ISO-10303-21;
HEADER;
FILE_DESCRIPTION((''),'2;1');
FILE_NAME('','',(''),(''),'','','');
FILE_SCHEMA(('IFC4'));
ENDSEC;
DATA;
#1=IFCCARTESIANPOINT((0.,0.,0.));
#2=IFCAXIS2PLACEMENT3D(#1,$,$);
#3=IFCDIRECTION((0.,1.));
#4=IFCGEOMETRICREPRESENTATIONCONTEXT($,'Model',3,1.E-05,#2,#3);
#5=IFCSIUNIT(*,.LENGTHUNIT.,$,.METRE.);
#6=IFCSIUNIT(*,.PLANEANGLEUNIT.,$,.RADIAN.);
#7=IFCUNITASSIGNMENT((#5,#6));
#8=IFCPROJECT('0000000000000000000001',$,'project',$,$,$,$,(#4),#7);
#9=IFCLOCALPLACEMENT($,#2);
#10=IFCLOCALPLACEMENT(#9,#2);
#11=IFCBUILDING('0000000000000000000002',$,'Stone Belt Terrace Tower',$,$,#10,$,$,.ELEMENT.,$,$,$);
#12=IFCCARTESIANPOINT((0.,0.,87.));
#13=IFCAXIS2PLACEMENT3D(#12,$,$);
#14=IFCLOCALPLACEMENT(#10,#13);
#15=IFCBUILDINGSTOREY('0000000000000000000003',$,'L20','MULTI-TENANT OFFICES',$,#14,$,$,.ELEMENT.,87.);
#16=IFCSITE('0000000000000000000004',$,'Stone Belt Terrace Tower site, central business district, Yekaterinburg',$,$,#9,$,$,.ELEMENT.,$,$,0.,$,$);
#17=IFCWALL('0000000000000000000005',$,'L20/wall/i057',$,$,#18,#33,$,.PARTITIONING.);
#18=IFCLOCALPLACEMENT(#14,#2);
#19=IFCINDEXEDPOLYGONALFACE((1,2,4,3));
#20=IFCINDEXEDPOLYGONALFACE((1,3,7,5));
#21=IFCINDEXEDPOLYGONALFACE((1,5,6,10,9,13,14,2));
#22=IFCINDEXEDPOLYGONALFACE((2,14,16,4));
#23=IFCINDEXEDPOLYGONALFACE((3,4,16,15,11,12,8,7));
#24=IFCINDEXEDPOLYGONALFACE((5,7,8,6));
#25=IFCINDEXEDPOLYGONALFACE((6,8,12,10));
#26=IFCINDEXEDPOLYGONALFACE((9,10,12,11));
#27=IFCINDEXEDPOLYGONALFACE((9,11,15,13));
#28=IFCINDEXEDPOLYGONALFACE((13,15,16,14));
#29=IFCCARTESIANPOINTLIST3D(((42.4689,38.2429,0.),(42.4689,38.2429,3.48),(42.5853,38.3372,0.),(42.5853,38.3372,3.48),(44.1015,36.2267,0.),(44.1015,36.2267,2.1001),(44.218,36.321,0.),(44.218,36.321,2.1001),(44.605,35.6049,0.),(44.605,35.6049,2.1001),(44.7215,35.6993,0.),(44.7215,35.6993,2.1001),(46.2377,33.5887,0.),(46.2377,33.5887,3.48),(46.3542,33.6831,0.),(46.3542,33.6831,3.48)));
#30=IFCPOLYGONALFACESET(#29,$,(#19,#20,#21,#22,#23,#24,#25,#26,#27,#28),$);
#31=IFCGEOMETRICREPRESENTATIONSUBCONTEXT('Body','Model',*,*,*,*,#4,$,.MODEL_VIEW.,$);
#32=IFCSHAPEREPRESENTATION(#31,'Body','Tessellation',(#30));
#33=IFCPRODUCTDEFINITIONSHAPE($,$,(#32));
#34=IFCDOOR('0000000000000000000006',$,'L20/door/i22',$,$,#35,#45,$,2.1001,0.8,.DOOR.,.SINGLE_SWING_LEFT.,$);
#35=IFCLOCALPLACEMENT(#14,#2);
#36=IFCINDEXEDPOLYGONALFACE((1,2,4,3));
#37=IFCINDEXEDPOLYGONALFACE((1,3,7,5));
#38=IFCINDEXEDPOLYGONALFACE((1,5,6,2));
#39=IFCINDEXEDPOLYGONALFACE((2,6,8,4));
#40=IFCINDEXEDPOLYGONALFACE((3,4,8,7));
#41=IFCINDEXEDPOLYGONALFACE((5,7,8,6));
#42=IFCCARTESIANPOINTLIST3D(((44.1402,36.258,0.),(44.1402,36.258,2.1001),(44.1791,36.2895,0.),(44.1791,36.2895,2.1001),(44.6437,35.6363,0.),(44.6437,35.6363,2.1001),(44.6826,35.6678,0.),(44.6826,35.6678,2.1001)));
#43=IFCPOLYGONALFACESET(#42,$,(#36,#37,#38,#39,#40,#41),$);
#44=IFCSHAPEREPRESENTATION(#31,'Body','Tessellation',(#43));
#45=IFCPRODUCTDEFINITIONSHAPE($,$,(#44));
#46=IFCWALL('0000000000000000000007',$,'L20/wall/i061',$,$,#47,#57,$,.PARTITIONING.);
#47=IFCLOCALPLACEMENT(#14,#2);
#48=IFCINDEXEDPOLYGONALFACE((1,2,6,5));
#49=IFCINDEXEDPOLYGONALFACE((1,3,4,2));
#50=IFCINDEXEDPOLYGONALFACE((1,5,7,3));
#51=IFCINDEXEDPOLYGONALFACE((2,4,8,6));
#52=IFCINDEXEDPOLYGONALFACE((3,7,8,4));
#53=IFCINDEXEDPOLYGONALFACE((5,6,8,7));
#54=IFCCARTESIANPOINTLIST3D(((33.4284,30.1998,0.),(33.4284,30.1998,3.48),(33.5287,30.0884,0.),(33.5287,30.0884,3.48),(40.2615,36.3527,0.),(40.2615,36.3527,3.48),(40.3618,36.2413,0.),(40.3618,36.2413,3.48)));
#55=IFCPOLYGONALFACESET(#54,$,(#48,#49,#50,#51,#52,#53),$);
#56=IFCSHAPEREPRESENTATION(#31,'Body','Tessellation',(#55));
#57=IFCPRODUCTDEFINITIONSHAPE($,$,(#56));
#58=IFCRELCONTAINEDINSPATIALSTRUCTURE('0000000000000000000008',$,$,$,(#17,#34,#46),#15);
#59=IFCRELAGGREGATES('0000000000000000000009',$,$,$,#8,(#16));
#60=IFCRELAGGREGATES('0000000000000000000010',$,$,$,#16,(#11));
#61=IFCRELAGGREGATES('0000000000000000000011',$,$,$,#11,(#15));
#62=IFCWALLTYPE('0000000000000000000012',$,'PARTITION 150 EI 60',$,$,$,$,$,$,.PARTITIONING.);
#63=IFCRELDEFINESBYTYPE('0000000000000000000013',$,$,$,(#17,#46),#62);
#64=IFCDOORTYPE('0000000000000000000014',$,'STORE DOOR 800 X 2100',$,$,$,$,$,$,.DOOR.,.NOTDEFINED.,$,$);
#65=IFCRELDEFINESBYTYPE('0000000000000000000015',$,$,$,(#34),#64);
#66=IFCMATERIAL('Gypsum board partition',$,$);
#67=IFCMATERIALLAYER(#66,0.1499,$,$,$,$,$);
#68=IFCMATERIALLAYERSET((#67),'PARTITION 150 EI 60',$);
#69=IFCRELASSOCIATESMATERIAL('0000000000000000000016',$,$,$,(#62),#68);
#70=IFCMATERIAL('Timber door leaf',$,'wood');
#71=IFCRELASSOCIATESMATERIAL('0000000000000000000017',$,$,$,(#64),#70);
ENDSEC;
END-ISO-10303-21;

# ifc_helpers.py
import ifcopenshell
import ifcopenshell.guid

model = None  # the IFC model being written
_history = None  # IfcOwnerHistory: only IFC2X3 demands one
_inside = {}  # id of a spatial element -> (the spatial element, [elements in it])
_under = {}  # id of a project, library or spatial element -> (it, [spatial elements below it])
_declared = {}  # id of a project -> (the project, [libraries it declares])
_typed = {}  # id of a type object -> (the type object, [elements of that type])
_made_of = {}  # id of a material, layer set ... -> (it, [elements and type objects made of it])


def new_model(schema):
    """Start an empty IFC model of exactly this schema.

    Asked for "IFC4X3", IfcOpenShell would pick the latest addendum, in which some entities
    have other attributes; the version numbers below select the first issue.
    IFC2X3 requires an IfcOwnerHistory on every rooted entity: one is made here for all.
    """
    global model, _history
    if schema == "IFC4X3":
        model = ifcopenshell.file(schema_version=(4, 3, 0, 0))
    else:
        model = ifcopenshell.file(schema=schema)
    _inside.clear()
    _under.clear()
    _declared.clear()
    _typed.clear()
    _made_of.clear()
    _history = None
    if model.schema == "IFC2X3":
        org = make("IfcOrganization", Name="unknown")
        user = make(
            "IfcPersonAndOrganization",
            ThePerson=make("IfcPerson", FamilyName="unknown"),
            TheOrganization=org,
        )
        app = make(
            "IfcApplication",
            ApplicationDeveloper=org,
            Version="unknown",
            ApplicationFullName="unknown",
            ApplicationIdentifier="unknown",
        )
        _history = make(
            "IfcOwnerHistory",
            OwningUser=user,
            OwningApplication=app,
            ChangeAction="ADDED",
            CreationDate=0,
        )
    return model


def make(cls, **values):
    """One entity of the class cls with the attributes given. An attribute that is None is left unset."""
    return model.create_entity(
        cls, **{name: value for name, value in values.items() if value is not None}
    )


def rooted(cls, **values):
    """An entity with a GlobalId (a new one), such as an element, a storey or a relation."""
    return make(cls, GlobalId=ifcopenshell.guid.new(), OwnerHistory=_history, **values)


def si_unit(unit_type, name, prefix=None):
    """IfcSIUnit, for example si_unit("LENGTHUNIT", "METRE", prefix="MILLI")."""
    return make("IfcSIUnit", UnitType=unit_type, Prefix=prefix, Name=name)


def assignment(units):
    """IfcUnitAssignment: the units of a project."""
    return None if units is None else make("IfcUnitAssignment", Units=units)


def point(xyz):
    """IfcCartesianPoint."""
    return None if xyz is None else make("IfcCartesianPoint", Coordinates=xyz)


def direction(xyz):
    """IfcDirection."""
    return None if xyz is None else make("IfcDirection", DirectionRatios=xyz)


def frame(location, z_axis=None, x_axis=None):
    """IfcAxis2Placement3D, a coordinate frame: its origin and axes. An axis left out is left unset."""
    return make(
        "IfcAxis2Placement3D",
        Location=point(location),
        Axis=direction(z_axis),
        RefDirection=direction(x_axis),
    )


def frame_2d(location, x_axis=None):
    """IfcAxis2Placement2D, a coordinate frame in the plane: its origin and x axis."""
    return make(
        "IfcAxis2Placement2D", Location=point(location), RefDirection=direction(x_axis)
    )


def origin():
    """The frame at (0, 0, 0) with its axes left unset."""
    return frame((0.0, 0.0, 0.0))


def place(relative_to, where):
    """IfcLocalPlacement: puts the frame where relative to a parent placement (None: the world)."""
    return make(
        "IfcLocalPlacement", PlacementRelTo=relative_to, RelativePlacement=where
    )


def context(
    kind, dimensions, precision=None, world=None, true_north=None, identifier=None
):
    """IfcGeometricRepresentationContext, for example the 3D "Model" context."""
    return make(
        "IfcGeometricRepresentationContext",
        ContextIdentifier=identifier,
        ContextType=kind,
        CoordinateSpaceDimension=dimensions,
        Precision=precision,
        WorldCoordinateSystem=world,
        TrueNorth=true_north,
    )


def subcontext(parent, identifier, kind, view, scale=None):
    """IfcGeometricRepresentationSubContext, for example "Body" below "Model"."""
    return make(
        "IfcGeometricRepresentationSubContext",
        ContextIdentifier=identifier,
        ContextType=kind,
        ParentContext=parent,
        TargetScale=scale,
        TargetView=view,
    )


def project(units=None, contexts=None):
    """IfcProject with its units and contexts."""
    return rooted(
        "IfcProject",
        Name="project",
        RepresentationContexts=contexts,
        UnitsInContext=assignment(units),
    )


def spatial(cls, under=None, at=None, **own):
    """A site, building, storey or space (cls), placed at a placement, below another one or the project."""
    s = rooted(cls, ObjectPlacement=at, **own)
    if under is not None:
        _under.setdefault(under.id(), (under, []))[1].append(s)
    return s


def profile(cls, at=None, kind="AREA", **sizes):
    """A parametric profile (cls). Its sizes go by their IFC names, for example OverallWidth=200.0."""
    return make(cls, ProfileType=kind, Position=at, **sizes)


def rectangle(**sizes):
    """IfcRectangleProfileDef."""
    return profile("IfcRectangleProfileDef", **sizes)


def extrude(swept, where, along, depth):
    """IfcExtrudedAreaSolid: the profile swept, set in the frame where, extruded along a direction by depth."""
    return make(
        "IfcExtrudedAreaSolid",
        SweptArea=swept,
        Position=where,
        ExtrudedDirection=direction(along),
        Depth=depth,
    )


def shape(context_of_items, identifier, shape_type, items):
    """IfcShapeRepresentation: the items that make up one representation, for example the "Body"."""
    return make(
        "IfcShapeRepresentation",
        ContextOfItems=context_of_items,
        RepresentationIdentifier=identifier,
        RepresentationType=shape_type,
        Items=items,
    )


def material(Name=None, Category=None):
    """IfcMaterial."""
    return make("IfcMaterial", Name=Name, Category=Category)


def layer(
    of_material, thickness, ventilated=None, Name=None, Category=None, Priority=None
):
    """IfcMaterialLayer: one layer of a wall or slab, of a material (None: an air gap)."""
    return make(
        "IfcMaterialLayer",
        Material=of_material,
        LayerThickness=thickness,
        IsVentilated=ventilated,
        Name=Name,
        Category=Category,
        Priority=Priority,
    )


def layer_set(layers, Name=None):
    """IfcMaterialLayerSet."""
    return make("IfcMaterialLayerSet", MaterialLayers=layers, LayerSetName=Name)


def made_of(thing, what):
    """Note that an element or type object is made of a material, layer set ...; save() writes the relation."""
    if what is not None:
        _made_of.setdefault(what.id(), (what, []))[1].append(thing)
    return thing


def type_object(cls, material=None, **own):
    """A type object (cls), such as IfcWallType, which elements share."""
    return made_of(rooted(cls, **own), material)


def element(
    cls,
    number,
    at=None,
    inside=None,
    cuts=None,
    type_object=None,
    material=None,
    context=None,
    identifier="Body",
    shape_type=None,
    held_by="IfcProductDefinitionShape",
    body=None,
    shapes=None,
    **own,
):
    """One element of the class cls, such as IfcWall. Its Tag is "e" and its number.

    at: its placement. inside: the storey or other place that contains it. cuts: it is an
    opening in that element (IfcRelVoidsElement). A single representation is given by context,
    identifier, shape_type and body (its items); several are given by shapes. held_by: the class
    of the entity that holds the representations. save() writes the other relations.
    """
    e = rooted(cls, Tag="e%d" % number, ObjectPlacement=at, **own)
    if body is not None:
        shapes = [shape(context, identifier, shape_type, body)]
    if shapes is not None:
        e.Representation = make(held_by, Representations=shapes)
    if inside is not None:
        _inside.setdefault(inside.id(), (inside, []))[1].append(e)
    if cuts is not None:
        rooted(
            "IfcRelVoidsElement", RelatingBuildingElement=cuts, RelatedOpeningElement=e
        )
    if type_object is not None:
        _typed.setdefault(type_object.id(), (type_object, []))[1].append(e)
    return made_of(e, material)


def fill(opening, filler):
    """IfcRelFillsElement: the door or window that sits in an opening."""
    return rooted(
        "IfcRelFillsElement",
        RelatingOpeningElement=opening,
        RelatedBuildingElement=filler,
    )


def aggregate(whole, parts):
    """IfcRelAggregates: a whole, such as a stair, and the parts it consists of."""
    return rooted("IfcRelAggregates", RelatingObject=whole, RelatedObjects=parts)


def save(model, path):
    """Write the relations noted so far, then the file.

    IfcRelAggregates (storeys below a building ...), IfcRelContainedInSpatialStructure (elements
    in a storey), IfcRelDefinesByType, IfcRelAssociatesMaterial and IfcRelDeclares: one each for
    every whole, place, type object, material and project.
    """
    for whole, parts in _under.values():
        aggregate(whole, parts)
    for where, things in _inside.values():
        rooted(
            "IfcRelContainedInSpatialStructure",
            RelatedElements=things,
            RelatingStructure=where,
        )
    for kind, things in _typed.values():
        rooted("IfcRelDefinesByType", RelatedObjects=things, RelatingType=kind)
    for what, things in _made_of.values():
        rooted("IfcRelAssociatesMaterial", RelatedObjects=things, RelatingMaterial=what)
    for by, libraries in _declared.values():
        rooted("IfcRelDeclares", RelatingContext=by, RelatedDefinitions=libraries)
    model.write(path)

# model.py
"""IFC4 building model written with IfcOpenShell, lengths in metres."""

from ifc_helpers import new_model, si_unit, direction, frame, frame_2d, origin, place, context, subcontext, project, spatial, rectangle, extrude, material, layer, layer_set, type_object, element, fill, save


model = new_model("IFC4")

# Units and contexts
model_context = context("Model", 3, precision=1e-05, world=origin(), true_north=direction((0.0, 1.0)))
body_context = subcontext(model_context, "Body", "Model", "MODEL_VIEW")
ifc_project = project(units=[si_unit("LENGTHUNIT", "METRE"), si_unit("PLANEANGLEUNIT", "RADIAN")], contexts=[model_context])

# Site, building, storey
site_placement = place(None, origin())
site = spatial("IfcSite", under=ifc_project, at=site_placement, Name="Stone Belt Terrace Tower site, central business district, Yekaterinburg", CompositionType="ELEMENT", RefElevation=0.0)
building_placement = place(site_placement, origin())
building = spatial("IfcBuilding", under=site, at=building_placement, Name="Stone Belt Terrace Tower", CompositionType="ELEMENT")
storey_placement = place(building_placement, frame((0.0, 0.0, 87.0)))
storey = spatial("IfcBuildingStorey", under=building, at=storey_placement, Name="L20", Description="MULTI-TENANT OFFICES", CompositionType="ELEMENT", Elevation=87.0)

# Shared definitions
ifc_material_1 = material(Name="Gypsum board partition")
ifc_layer_1 = layer(ifc_material_1, 0.1499)
ifc_layer_set_1 = layer_set([ifc_layer_1], Name="PARTITION 150 EI 60")
wall_type = type_object("IfcWallType", Name="PARTITION 150 EI 60", PredefinedType="PARTITIONING", material=ifc_layer_set_1)
ifc_material_2 = material(Name="Timber door leaf", Category="wood")

# Wall, opening, door
wall_1_placement = place(storey_placement, frame((42.5271, 38.29, 0.0), z_axis=(0.0, 0.0, 1.0), x_axis=(0.629323, -0.777144, 0.0)))
wall_1 = element("IfcWall", 1, at=wall_1_placement, inside=storey, type_object=wall_type, Name="L20/wall/i057", PredefinedType="PARTITIONING", context=body_context, shape_type="SweptSolid", body=[
    extrude(rectangle(XDim=5.9888, YDim=0.1499, at=frame_2d((2.9944, 0.0))), origin(), (0.0, 0.0, 1.0), 3.48),
])
opening_1_placement = place(wall_1_placement, frame((2.5945, 0.0, 0.0)))
opening_1 = element("IfcOpeningElement", 2, at=opening_1_placement, cuts=wall_1, PredefinedType="OPENING", context=body_context, shape_type="SweptSolid", body=[
    extrude(rectangle(XDim=0.8, YDim=2.1001, at=frame_2d((0.3999, 1.05))), frame((0.0, 0.085, 0.0), z_axis=(0.0, -1.0, 0.0), x_axis=(1.0, 0.0, 0.0)), (0.0, 0.0, 1.0), 0.1699),
])
door_type_1 = type_object("IfcDoorType", Name="STORE DOOR 800 X 2100", OperationType="NOTDEFINED", PredefinedType="DOOR", material=ifc_material_2)
door_1_placement = place(opening_1_placement, origin())
door_1 = element("IfcDoor", 3, at=door_1_placement, inside=storey, type_object=door_type_1, Name="L20/door/i22", OperationType="SINGLE_SWING_LEFT", OverallHeight=2.1001, OverallWidth=0.8, PredefinedType="DOOR", context=body_context, shape_type="SweptSolid", body=[
    extrude(rectangle(XDim=0.8, YDim=2.1001, at=frame_2d((0.3999, 1.05))), frame((0.0, 0.0249, 0.0), z_axis=(0.0, -1.0, 0.0), x_axis=(1.0, 0.0, 0.0)), (0.0, 0.0, 1.0), 0.05),
])
fill(opening_1, door_1)

# Wall
wall_2_placement = place(storey_placement, frame((40.3118, 36.2971, 0.0), z_axis=(0.0, 0.0, 1.0), x_axis=(-0.743125, -0.669152, 0.0)))
element("IfcWall", 4, at=wall_2_placement, inside=storey, type_object=wall_type, Name="L20/wall/i061", PredefinedType="PARTITIONING", context=body_context, shape_type="SweptSolid", body=[
    extrude(rectangle(XDim=9.1951, YDim=0.1499, at=frame_2d((4.5977, 0.0))), origin(), (0.0, 0.0, 1.0), 3.48),
])

save(model, "model.ifc")
